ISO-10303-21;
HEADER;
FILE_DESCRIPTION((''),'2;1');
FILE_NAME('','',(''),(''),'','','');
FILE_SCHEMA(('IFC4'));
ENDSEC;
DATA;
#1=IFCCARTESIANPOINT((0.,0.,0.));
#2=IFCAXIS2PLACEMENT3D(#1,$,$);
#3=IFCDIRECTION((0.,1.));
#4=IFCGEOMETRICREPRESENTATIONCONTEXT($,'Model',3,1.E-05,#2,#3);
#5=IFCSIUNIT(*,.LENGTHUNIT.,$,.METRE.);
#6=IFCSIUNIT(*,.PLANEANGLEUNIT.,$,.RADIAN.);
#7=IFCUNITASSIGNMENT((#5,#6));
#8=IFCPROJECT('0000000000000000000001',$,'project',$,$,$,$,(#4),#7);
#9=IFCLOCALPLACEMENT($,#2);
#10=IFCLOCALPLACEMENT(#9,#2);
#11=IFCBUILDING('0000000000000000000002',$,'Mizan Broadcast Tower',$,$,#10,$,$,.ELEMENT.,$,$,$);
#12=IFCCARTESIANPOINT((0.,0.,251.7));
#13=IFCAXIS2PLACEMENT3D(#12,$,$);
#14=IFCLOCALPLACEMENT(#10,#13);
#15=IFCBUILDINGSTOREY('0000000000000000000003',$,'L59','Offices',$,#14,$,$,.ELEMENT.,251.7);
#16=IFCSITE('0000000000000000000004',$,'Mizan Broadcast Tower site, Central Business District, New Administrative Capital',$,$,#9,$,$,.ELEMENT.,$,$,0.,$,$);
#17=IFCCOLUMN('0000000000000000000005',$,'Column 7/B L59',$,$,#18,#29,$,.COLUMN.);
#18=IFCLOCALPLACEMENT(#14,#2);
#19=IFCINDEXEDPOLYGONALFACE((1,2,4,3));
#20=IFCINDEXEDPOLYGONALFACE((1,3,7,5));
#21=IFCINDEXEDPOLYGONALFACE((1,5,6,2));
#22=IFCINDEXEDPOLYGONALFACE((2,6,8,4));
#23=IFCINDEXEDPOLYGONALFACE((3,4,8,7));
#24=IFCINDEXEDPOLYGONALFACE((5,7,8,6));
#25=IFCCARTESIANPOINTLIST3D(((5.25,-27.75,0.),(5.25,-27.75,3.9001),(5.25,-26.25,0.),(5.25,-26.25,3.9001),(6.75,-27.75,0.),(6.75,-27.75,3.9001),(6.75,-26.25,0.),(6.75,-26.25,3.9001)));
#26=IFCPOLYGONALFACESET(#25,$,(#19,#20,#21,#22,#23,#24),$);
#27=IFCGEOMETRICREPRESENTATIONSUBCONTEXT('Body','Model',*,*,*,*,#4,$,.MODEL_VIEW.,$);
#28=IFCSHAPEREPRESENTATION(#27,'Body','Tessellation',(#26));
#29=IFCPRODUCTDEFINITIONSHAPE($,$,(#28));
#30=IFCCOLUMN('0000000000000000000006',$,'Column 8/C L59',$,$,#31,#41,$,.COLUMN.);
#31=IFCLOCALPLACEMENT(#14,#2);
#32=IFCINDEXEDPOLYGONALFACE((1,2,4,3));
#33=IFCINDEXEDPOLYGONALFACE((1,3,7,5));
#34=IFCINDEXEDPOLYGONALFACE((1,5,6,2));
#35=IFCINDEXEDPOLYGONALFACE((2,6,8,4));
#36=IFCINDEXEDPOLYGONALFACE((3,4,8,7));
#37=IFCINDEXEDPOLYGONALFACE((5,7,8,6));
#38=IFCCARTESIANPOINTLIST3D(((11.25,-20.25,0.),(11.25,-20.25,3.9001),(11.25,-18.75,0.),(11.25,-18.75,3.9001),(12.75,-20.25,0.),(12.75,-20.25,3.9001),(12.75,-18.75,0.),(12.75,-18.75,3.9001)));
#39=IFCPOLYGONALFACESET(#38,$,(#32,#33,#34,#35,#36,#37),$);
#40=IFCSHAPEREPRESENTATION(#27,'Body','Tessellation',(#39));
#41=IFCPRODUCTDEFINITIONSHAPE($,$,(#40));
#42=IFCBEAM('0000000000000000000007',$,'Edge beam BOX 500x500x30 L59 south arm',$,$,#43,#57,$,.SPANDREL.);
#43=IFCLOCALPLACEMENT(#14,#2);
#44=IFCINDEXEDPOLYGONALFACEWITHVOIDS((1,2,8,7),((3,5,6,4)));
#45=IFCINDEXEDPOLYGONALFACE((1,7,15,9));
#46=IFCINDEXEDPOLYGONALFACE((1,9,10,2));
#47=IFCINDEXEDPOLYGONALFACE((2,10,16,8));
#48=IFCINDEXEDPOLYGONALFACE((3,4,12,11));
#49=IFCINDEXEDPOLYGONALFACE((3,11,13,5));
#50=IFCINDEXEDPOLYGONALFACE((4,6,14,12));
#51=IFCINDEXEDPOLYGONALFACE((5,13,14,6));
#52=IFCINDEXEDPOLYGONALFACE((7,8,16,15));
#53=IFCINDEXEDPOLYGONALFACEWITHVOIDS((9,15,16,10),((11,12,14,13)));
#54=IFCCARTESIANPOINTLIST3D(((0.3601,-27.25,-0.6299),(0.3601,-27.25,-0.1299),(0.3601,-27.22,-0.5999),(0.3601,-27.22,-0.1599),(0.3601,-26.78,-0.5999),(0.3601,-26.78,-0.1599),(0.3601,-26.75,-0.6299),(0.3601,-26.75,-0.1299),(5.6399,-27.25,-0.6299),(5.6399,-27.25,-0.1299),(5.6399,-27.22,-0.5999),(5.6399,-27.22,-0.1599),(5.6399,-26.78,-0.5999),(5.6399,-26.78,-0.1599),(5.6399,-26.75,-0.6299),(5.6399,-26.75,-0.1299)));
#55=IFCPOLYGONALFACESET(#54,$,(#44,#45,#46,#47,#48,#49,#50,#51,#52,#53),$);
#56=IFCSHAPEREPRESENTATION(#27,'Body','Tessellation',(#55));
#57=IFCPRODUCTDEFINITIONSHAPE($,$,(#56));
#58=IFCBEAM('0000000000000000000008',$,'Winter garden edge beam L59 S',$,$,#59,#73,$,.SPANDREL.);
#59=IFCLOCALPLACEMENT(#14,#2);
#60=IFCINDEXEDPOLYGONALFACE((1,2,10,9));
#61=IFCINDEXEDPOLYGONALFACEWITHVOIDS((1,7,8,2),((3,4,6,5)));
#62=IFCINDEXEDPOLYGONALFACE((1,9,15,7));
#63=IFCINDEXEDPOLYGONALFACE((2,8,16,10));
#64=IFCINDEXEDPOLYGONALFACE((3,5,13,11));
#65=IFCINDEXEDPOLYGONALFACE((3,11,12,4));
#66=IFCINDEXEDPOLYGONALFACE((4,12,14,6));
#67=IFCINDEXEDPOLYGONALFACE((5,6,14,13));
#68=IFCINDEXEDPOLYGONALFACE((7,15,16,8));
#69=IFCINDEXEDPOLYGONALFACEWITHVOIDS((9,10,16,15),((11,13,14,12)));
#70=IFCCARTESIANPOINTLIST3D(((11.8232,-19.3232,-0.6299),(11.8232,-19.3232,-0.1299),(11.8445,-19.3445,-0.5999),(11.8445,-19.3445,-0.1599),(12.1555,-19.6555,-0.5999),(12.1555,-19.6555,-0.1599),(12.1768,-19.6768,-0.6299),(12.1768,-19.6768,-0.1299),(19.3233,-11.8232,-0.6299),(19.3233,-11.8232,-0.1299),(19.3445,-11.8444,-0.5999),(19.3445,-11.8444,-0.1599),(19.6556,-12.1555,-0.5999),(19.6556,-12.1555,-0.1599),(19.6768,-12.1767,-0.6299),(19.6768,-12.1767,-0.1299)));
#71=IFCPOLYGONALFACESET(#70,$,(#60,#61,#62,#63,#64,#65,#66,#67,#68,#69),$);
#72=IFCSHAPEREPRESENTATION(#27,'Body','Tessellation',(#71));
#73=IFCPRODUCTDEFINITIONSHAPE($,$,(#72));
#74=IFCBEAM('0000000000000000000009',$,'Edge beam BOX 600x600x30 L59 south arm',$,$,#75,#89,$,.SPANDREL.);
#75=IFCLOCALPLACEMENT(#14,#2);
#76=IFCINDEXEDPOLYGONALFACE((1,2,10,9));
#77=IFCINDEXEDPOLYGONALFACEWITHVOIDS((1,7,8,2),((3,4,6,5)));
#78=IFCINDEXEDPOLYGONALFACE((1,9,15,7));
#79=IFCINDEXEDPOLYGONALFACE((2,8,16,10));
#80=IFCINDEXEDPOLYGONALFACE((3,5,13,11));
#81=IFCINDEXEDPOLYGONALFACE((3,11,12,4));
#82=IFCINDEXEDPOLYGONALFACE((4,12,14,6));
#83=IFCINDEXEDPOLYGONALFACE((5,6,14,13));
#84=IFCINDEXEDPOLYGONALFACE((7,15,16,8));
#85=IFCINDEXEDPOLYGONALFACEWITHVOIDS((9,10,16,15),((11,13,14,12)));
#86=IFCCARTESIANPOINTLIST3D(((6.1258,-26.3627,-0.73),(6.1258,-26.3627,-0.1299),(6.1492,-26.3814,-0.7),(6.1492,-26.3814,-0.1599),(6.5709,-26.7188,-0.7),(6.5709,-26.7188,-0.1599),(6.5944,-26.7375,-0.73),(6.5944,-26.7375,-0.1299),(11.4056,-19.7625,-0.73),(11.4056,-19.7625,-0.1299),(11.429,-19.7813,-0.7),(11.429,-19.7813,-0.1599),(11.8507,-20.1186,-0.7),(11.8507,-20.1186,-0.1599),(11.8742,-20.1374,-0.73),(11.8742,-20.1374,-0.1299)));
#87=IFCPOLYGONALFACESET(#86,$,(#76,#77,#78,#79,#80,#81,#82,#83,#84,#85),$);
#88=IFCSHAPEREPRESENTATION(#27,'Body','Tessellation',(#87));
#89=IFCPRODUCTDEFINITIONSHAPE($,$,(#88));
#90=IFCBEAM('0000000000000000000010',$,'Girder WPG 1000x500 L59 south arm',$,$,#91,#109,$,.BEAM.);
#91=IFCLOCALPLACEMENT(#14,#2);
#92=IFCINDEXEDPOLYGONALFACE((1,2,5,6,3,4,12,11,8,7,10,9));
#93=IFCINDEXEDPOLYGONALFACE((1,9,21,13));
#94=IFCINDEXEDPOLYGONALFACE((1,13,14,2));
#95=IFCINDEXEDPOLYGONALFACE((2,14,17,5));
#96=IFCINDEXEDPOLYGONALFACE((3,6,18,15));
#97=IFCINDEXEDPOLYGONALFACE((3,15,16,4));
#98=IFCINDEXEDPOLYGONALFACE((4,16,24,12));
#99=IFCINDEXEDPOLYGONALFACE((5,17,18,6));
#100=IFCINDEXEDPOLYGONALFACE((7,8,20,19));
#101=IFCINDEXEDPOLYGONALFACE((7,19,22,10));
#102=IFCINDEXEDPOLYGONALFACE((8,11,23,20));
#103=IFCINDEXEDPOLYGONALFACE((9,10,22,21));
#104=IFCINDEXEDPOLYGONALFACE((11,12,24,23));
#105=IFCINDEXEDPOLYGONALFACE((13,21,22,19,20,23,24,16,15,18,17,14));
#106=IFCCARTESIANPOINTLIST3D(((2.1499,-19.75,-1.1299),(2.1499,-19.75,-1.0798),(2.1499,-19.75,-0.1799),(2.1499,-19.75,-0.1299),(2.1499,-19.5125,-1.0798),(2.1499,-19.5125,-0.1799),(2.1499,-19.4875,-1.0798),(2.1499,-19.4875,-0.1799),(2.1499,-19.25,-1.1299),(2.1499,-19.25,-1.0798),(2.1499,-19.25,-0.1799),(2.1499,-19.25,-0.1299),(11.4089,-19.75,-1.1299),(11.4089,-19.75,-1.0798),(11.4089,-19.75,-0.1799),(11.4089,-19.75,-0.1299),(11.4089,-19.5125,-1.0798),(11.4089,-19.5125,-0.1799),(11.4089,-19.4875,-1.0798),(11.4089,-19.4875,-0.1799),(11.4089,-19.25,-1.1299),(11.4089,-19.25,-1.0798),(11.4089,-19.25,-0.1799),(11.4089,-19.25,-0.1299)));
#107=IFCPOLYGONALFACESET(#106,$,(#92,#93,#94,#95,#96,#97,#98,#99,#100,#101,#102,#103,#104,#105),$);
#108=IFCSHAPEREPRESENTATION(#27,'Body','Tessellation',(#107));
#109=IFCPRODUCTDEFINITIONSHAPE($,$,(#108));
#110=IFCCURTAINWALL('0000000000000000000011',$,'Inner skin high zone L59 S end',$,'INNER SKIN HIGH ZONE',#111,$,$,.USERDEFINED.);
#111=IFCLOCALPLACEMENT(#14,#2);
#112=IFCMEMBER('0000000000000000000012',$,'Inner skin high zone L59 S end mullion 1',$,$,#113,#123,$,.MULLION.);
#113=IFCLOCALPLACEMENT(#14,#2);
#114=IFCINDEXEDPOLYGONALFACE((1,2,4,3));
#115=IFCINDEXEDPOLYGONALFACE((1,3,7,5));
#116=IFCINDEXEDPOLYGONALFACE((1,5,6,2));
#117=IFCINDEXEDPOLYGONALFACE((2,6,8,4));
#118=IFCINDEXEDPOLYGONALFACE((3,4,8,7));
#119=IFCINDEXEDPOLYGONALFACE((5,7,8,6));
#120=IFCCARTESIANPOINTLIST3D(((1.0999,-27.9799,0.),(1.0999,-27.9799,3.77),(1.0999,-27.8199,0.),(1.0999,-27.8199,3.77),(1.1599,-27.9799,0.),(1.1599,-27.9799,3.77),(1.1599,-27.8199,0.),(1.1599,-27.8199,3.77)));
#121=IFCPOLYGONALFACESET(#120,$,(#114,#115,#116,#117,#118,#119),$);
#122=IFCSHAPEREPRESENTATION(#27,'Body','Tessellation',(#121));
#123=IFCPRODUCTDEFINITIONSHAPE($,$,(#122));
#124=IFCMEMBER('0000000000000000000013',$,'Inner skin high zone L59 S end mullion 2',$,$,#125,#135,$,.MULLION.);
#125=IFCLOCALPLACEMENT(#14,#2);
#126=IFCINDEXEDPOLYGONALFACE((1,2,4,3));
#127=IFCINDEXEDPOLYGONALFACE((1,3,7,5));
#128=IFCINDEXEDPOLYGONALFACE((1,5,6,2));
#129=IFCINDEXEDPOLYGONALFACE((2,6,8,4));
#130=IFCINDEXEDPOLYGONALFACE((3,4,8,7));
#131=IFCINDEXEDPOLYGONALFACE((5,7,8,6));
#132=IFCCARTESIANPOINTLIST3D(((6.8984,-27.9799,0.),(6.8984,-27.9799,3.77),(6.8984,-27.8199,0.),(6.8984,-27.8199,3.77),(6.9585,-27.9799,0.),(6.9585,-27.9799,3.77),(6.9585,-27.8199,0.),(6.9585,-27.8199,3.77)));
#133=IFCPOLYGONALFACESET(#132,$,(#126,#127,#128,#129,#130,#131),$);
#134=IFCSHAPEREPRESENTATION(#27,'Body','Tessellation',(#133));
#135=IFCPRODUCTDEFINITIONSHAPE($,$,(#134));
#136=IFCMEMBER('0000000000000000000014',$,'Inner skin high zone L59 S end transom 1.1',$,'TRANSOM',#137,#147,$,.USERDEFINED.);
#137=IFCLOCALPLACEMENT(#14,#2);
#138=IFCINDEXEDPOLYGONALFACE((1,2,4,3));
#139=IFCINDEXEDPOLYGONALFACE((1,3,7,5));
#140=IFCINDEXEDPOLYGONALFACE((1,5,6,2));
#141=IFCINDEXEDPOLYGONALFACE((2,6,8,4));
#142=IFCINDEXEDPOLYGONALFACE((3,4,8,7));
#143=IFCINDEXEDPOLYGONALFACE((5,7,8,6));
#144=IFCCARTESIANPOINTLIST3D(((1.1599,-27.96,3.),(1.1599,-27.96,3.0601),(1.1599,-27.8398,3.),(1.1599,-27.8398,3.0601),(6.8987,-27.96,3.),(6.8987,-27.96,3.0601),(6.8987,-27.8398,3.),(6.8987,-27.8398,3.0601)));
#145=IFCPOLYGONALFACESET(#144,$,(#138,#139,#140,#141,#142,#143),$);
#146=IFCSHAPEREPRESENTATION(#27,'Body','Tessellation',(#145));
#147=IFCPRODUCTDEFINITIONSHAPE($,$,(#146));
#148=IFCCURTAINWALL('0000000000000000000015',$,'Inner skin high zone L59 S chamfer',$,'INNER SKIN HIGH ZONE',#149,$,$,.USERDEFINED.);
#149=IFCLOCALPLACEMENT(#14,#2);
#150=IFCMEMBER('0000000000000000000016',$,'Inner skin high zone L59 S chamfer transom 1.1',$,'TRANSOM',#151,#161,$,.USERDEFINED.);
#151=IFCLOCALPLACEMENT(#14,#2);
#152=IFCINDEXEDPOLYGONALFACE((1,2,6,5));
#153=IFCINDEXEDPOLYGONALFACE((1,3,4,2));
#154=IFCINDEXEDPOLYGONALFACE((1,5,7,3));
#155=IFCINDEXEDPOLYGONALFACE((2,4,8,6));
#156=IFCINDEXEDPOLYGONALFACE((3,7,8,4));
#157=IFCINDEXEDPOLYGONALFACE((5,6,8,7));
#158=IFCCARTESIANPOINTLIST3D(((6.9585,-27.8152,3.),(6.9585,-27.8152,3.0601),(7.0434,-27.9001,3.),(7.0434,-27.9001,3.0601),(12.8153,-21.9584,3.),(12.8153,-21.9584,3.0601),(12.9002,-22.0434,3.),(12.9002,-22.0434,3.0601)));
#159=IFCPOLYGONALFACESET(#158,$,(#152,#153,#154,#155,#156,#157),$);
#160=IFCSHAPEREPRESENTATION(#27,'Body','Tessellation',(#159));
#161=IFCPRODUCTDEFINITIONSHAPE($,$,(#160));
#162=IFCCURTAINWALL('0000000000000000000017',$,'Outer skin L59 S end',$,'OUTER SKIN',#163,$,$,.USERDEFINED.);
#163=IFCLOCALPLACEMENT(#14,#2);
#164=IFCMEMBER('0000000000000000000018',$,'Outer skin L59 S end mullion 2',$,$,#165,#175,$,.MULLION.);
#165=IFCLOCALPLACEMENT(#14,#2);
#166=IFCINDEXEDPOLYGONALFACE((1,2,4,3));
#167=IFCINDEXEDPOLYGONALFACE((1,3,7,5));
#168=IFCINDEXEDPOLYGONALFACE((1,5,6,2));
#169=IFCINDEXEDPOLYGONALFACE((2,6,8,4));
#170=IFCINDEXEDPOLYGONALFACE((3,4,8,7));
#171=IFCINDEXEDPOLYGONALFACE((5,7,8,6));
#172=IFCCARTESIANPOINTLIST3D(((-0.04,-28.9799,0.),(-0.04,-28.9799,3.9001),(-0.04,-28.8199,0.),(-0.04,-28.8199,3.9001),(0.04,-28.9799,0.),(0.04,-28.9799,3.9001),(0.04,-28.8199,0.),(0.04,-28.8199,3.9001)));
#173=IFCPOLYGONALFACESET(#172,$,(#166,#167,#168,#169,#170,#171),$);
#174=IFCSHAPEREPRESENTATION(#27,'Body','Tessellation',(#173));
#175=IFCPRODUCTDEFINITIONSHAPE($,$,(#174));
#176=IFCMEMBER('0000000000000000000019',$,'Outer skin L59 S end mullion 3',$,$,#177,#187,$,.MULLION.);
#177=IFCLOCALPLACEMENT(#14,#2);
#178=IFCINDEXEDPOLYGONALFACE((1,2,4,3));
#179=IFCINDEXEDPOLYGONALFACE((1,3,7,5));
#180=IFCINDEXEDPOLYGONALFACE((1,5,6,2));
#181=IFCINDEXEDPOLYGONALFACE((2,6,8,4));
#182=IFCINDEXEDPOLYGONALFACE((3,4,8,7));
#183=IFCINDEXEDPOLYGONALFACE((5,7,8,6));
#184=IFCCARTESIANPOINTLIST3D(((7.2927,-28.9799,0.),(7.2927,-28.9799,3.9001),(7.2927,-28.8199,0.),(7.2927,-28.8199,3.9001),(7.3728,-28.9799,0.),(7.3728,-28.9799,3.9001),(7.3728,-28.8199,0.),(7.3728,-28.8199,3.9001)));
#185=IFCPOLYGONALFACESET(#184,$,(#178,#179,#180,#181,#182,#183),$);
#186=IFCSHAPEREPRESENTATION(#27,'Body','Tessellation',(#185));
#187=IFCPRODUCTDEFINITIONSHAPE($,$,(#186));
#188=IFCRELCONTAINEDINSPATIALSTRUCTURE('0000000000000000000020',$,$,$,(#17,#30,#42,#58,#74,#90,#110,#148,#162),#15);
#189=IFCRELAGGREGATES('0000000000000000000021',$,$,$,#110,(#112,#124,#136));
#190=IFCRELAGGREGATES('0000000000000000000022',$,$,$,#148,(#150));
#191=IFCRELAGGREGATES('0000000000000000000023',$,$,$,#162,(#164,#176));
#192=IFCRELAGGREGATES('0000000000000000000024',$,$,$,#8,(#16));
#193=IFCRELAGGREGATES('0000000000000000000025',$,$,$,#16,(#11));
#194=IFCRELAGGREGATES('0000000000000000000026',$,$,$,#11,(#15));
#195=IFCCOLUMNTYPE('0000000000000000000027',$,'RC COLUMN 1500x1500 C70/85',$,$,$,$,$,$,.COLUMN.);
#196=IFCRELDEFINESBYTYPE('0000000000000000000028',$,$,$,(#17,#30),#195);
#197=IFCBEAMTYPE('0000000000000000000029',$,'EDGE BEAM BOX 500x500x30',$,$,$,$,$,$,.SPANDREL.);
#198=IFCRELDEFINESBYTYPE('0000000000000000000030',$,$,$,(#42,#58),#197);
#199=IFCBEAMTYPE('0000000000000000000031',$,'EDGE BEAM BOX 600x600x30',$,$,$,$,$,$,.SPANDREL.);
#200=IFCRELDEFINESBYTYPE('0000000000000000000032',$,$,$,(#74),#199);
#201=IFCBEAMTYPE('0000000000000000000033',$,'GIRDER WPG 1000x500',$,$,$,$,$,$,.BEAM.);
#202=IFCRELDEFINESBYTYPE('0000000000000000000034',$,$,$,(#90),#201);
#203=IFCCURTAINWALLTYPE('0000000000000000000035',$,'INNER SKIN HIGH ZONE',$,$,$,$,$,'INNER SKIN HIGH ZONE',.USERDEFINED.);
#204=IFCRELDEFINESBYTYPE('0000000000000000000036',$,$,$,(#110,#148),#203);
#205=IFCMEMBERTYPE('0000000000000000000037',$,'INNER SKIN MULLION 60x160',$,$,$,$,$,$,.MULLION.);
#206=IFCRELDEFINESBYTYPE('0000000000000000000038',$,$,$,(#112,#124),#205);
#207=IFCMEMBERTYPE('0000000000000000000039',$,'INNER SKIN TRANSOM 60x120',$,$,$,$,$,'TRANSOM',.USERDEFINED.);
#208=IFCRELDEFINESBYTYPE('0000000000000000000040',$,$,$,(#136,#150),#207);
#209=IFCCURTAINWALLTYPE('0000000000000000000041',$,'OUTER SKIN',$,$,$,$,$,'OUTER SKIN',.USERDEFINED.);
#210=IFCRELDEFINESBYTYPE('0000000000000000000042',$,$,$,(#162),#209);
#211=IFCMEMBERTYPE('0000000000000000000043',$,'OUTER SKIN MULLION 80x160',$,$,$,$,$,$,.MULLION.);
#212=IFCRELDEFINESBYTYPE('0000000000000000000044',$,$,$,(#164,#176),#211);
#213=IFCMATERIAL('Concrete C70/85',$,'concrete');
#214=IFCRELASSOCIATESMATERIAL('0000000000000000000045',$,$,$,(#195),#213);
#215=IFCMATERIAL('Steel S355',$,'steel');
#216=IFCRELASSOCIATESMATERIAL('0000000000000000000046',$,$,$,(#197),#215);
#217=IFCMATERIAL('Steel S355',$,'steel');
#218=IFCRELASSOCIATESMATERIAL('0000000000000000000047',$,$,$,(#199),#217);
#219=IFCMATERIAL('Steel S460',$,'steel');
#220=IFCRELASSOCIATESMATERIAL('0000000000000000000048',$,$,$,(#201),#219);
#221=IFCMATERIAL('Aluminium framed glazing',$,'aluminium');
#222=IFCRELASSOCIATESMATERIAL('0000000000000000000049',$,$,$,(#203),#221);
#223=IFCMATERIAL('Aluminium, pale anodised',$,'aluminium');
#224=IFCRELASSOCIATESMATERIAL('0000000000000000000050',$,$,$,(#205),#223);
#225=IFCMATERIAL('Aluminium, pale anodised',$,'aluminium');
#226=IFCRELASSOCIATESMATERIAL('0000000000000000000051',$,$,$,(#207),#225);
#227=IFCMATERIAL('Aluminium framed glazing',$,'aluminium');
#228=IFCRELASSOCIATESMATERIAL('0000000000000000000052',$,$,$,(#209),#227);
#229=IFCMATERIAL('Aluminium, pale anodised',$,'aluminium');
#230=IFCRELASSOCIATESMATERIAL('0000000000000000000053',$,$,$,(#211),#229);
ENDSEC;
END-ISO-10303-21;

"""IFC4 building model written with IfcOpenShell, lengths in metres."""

from ifc_helpers import new_model, si_unit, direction, frame, origin, origin_2d, place, context, subcontext, project, spatial, rectangle, hollow_rectangle, i_section, extrude, material, material_profile, profile_set, type_object, element, aggregate, save


model = new_model("IFC4")

# Units and contexts
model_context = context("Model", 3, precision=1e-05, world=origin(), true_north=direction((0.0, 1.0)))
body_context = subcontext(model_context, "Body", "Model", "MODEL_VIEW")
ifc_project = project(units=[si_unit("LENGTHUNIT", "METRE"), si_unit("PLANEANGLEUNIT", "RADIAN")], contexts=[model_context])

# Site, building, storey
site_placement = place(None, origin())
site = spatial("IfcSite", under=ifc_project, at=site_placement, Name="Mizan Broadcast Tower site, Central Business District, New Administrative Capital", CompositionType="ELEMENT", RefElevation=0.0)
building_placement = place(site_placement, origin())
building = spatial("IfcBuilding", under=site, at=building_placement, Name="Mizan Broadcast Tower", CompositionType="ELEMENT")
storey_placement = place(building_placement, frame((0.0, 0.0, 251.7)))
storey = spatial("IfcBuildingStorey", under=building, at=storey_placement, Name="L59", Description="Offices", CompositionType="ELEMENT", Elevation=251.7)

# Columns
ifc_material_1 = material(Name="Concrete C70/85", Category="concrete")
ifc_material_profile_1 = material_profile(ifc_material_1, rectangle(XDim=1.5, YDim=1.5, at=origin_2d()), Name="RC 1500x1500")
ifc_profile_set_1 = profile_set([ifc_material_profile_1], Name="Concrete C70/85")
column_type = type_object("IfcColumnType", Name="RC COLUMN 1500x1500 C70/85", PredefinedType="COLUMN", material=ifc_profile_set_1)
for number, where, z_axis, x_axis, name in (
    (1, (6.0, -27.0, 0.0), (0.0, 0.0, 1.0), (1.0, 0.0, 0.0), "Column 7/B L59"),
    (2, (12.0, -19.5, 0.0), (0.0, 0.0, 1.0), (1.0, 0.0, 0.0), "Column 8/C L59"),
):
    element("IfcColumn", number, at=place(storey_placement, frame(where, z_axis=z_axis, x_axis=x_axis)), inside=storey, type_object=column_type, Name=name, PredefinedType="COLUMN", context=body_context, shape_type="SweptSolid", body=[
        extrude(rectangle(XDim=1.5, YDim=1.5, at=origin_2d()), origin(), (0.0, 0.0, 1.0), 3.9001),
    ])

# Beams
ifc_material_2 = material(Name="Steel S355", Category="steel")
ifc_material_profile_2 = material_profile(ifc_material_2, hollow_rectangle(XDim=0.5, YDim=0.5, WallThickness=0.03, at=origin_2d()), Name="BOX 500x500x30")
ifc_profile_set_2 = profile_set([ifc_material_profile_2], Name="Steel S355")
beam_type_1 = type_object("IfcBeamType", Name="EDGE BEAM BOX 500x500x30", PredefinedType="SPANDREL", material=ifc_profile_set_2)
beam_1_placement = place(storey_placement, frame((5.6399, -27.0, -0.3799), z_axis=(-1.0, 0.0, 0.0), x_axis=(0.0, -1.0, 0.0)))
element("IfcBeam", 3, at=beam_1_placement, inside=storey, type_object=beam_type_1, Name="Edge beam BOX 500x500x30 L59 south arm", PredefinedType="SPANDREL", context=body_context, shape_type="SweptSolid", body=[
    extrude(hollow_rectangle(XDim=0.5, YDim=0.5, WallThickness=0.03, at=origin_2d()), origin(), (0.0, 0.0, 1.0), 5.2798),
])
beam_2_placement = place(storey_placement, frame((12.0, -19.5, -0.3799), z_axis=(0.707107, 0.707107, 0.0), x_axis=(-0.707107, 0.707107, 0.0)))
element("IfcBeam", 4, at=beam_2_placement, inside=storey, type_object=beam_type_1, Name="Winter garden edge beam L59 S", PredefinedType="SPANDREL", context=body_context, shape_type="SweptSolid", body=[
    extrude(hollow_rectangle(XDim=0.5, YDim=0.5, WallThickness=0.03, at=origin_2d()), origin(), (0.0, 0.0, 1.0), 10.6067),
])
ifc_material_3 = material(Name="Steel S355", Category="steel")
ifc_material_profile_3 = material_profile(ifc_material_3, hollow_rectangle(XDim=0.6001, YDim=0.6001, WallThickness=0.03, at=origin_2d()), Name="BOX 600x600x30")
ifc_profile_set_3 = profile_set([ifc_material_profile_3], Name="Steel S355")
beam_type_2 = type_object("IfcBeamType", Name="EDGE BEAM BOX 600x600x30", PredefinedType="SPANDREL", material=ifc_profile_set_3)
beam_3_placement = place(storey_placement, frame((11.6399, -19.95, -0.4299), z_axis=(-0.624674, -0.780886, 0.0), x_axis=(0.780886, -0.624674, 0.0)))
element("IfcBeam", 5, at=beam_3_placement, inside=storey, type_object=beam_type_2, Name="Edge beam BOX 600x600x30 L59 south arm", PredefinedType="SPANDREL", context=body_context, shape_type="SweptSolid", body=[
    extrude(hollow_rectangle(XDim=0.6001, YDim=0.6001, WallThickness=0.03, at=origin_2d()), origin(), (0.0, 0.0, 1.0), 8.4521),
])
ifc_material_4 = material(Name="Steel S460", Category="steel")
ifc_material_profile_4 = material_profile(ifc_material_4, i_section(OverallWidth=0.5, OverallDepth=1.0, WebThickness=0.0249, FlangeThickness=0.05, at=origin_2d()), Name="WPG 1000x500")
ifc_profile_set_4 = profile_set([ifc_material_profile_4], Name="Steel S460")
beam_type_3 = type_object("IfcBeamType", Name="GIRDER WPG 1000x500", PredefinedType="BEAM", material=ifc_profile_set_4)
beam_4_placement = place(storey_placement, frame((11.4089, -19.5, -0.6299), z_axis=(-1.0, 0.0, 0.0), x_axis=(0.0, -1.0, 0.0)))
element("IfcBeam", 6, at=beam_4_placement, inside=storey, type_object=beam_type_3, Name="Girder WPG 1000x500 L59 south arm", PredefinedType="BEAM", context=body_context, shape_type="SweptSolid", body=[
    extrude(i_section(OverallWidth=0.5, OverallDepth=1.0, WebThickness=0.0249, FlangeThickness=0.05, at=origin_2d()), origin(), (0.0, 0.0, 1.0), 9.259),
])

# Curtain wall, members
ifc_material_5 = material(Name="Aluminium framed glazing", Category="aluminium")
curtain_wall_type_1 = type_object("IfcCurtainWallType", Name="INNER SKIN HIGH ZONE", ElementType="INNER SKIN HIGH ZONE", PredefinedType="USERDEFINED", material=ifc_material_5)
curtain_wall_1_placement = place(storey_placement, origin())
curtain_wall_1 = element("IfcCurtainWall", 7, at=curtain_wall_1_placement, inside=storey, type_object=curtain_wall_type_1, Name="Inner skin high zone L59 S end", ObjectType="INNER SKIN HIGH ZONE", PredefinedType="USERDEFINED")
ifc_material_6 = material(Name="Aluminium, pale anodised", Category="aluminium")
ifc_material_profile_5 = material_profile(ifc_material_6, rectangle(XDim=0.1599, YDim=0.0601, at=origin_2d()), Name="MULLION 160x60")
ifc_profile_set_5 = profile_set([ifc_material_profile_5], Name="Aluminium, pale anodised")
member_type_1 = type_object("IfcMemberType", Name="INNER SKIN MULLION 60x160", PredefinedType="MULLION", material=ifc_profile_set_5)
member_1_placement = place(storey_placement, frame((1.1299, -27.8999, 0.0), z_axis=(0.0, 0.0, 1.0), x_axis=(0.0, 1.0, 0.0)))
member_1 = element("IfcMember", 8, at=member_1_placement, type_object=member_type_1, Name="Inner skin high zone L59 S end mullion 1", PredefinedType="MULLION", context=body_context, shape_type="SweptSolid", body=[
    extrude(rectangle(XDim=0.1599, YDim=0.0601, at=origin_2d()), origin(), (0.0, 0.0, 1.0), 3.77),
])
member_2_placement = place(storey_placement, frame((6.9285, -27.8999, 0.0), z_axis=(0.0, 0.0, 1.0), x_axis=(0.0, 1.0, 0.0)))
member_2 = element("IfcMember", 9, at=member_2_placement, type_object=member_type_1, Name="Inner skin high zone L59 S end mullion 2", PredefinedType="MULLION", context=body_context, shape_type="SweptSolid", body=[
    extrude(rectangle(XDim=0.1599, YDim=0.0601, at=origin_2d()), origin(), (0.0, 0.0, 1.0), 3.77),
])
ifc_material_7 = material(Name="Aluminium, pale anodised", Category="aluminium")
ifc_material_profile_6 = material_profile(ifc_material_7, rectangle(XDim=0.1201, YDim=0.0601, at=origin_2d()), Name="TRANSOM 120x60")
ifc_profile_set_6 = profile_set([ifc_material_profile_6], Name="Aluminium, pale anodised")
member_type_2 = type_object("IfcMemberType", Name="INNER SKIN TRANSOM 60x120", ElementType="TRANSOM", PredefinedType="USERDEFINED", material=ifc_profile_set_6)
member_3_placement = place(storey_placement, frame((1.1599, -27.8999, 3.03), z_axis=(1.0, 0.0, 0.0), x_axis=(0.0, 1.0, 0.0)))
member_3 = element("IfcMember", 10, at=member_3_placement, type_object=member_type_2, Name="Inner skin high zone L59 S end transom 1.1", ObjectType="TRANSOM", PredefinedType="USERDEFINED", context=body_context, shape_type="SweptSolid", body=[
    extrude(rectangle(XDim=0.1201, YDim=0.0601, at=origin_2d()), origin(), (0.0, 0.0, 1.0), 5.7388),
])

# Curtain wall, member
curtain_wall_2_placement = place(storey_placement, origin())
curtain_wall_2 = element("IfcCurtainWall", 11, at=curtain_wall_2_placement, inside=storey, type_object=curtain_wall_type_1, Name="Inner skin high zone L59 S chamfer", ObjectType="INNER SKIN HIGH ZONE", PredefinedType="USERDEFINED")
member_4_placement = place(storey_placement, frame((7.001, -27.8577, 3.03), z_axis=(0.707107, 0.707107, 0.0), x_axis=(-0.707107, 0.707107, 0.0)))
member_4 = element("IfcMember", 12, at=member_4_placement, type_object=member_type_2, Name="Inner skin high zone L59 S chamfer transom 1.1", ObjectType="TRANSOM", PredefinedType="USERDEFINED", context=body_context, shape_type="SweptSolid", body=[
    extrude(rectangle(XDim=0.1201, YDim=0.0601, at=origin_2d()), origin(), (0.0, 0.0, 1.0), 8.2827),
])

# Curtain wall, members
ifc_material_8 = material(Name="Aluminium framed glazing", Category="aluminium")
curtain_wall_type_2 = type_object("IfcCurtainWallType", Name="OUTER SKIN", ElementType="OUTER SKIN", PredefinedType="USERDEFINED", material=ifc_material_8)
curtain_wall_3_placement = place(storey_placement, origin())
curtain_wall_3 = element("IfcCurtainWall", 13, at=curtain_wall_3_placement, inside=storey, type_object=curtain_wall_type_2, Name="Outer skin L59 S end", ObjectType="OUTER SKIN", PredefinedType="USERDEFINED")
ifc_material_9 = material(Name="Aluminium, pale anodised", Category="aluminium")
ifc_material_profile_7 = material_profile(ifc_material_9, rectangle(XDim=0.1599, YDim=0.0801, at=origin_2d()), Name="MULLION 160x80")
ifc_profile_set_7 = profile_set([ifc_material_profile_7], Name="Aluminium, pale anodised")
member_type_3 = type_object("IfcMemberType", Name="OUTER SKIN MULLION 80x160", PredefinedType="MULLION", material=ifc_profile_set_7)
member_5_placement = place(storey_placement, frame((0.0, -28.8999, 0.0), z_axis=(0.0, 0.0, 1.0), x_axis=(0.0, 1.0, 0.0)))
member_5 = element("IfcMember", 14, at=member_5_placement, type_object=member_type_3, Name="Outer skin L59 S end mullion 2", PredefinedType="MULLION", context=body_context, shape_type="SweptSolid", body=[
    extrude(rectangle(XDim=0.1599, YDim=0.0801, at=origin_2d()), origin(), (0.0, 0.0, 1.0), 3.9001),
])
member_6_placement = place(storey_placement, frame((7.3328, -28.8999, 0.0), z_axis=(0.0, 0.0, 1.0), x_axis=(0.0, 1.0, 0.0)))
member_6 = element("IfcMember", 15, at=member_6_placement, type_object=member_type_3, Name="Outer skin L59 S end mullion 3", PredefinedType="MULLION", context=body_context, shape_type="SweptSolid", body=[
    extrude(rectangle(XDim=0.1599, YDim=0.0801, at=origin_2d()), origin(), (0.0, 0.0, 1.0), 3.9001),
])

aggregate(curtain_wall_1, [member_1, member_2, member_3])
aggregate(curtain_wall_2, [member_4])
aggregate(curtain_wall_3, [member_5, member_6])

save(model, "model.ifc")
